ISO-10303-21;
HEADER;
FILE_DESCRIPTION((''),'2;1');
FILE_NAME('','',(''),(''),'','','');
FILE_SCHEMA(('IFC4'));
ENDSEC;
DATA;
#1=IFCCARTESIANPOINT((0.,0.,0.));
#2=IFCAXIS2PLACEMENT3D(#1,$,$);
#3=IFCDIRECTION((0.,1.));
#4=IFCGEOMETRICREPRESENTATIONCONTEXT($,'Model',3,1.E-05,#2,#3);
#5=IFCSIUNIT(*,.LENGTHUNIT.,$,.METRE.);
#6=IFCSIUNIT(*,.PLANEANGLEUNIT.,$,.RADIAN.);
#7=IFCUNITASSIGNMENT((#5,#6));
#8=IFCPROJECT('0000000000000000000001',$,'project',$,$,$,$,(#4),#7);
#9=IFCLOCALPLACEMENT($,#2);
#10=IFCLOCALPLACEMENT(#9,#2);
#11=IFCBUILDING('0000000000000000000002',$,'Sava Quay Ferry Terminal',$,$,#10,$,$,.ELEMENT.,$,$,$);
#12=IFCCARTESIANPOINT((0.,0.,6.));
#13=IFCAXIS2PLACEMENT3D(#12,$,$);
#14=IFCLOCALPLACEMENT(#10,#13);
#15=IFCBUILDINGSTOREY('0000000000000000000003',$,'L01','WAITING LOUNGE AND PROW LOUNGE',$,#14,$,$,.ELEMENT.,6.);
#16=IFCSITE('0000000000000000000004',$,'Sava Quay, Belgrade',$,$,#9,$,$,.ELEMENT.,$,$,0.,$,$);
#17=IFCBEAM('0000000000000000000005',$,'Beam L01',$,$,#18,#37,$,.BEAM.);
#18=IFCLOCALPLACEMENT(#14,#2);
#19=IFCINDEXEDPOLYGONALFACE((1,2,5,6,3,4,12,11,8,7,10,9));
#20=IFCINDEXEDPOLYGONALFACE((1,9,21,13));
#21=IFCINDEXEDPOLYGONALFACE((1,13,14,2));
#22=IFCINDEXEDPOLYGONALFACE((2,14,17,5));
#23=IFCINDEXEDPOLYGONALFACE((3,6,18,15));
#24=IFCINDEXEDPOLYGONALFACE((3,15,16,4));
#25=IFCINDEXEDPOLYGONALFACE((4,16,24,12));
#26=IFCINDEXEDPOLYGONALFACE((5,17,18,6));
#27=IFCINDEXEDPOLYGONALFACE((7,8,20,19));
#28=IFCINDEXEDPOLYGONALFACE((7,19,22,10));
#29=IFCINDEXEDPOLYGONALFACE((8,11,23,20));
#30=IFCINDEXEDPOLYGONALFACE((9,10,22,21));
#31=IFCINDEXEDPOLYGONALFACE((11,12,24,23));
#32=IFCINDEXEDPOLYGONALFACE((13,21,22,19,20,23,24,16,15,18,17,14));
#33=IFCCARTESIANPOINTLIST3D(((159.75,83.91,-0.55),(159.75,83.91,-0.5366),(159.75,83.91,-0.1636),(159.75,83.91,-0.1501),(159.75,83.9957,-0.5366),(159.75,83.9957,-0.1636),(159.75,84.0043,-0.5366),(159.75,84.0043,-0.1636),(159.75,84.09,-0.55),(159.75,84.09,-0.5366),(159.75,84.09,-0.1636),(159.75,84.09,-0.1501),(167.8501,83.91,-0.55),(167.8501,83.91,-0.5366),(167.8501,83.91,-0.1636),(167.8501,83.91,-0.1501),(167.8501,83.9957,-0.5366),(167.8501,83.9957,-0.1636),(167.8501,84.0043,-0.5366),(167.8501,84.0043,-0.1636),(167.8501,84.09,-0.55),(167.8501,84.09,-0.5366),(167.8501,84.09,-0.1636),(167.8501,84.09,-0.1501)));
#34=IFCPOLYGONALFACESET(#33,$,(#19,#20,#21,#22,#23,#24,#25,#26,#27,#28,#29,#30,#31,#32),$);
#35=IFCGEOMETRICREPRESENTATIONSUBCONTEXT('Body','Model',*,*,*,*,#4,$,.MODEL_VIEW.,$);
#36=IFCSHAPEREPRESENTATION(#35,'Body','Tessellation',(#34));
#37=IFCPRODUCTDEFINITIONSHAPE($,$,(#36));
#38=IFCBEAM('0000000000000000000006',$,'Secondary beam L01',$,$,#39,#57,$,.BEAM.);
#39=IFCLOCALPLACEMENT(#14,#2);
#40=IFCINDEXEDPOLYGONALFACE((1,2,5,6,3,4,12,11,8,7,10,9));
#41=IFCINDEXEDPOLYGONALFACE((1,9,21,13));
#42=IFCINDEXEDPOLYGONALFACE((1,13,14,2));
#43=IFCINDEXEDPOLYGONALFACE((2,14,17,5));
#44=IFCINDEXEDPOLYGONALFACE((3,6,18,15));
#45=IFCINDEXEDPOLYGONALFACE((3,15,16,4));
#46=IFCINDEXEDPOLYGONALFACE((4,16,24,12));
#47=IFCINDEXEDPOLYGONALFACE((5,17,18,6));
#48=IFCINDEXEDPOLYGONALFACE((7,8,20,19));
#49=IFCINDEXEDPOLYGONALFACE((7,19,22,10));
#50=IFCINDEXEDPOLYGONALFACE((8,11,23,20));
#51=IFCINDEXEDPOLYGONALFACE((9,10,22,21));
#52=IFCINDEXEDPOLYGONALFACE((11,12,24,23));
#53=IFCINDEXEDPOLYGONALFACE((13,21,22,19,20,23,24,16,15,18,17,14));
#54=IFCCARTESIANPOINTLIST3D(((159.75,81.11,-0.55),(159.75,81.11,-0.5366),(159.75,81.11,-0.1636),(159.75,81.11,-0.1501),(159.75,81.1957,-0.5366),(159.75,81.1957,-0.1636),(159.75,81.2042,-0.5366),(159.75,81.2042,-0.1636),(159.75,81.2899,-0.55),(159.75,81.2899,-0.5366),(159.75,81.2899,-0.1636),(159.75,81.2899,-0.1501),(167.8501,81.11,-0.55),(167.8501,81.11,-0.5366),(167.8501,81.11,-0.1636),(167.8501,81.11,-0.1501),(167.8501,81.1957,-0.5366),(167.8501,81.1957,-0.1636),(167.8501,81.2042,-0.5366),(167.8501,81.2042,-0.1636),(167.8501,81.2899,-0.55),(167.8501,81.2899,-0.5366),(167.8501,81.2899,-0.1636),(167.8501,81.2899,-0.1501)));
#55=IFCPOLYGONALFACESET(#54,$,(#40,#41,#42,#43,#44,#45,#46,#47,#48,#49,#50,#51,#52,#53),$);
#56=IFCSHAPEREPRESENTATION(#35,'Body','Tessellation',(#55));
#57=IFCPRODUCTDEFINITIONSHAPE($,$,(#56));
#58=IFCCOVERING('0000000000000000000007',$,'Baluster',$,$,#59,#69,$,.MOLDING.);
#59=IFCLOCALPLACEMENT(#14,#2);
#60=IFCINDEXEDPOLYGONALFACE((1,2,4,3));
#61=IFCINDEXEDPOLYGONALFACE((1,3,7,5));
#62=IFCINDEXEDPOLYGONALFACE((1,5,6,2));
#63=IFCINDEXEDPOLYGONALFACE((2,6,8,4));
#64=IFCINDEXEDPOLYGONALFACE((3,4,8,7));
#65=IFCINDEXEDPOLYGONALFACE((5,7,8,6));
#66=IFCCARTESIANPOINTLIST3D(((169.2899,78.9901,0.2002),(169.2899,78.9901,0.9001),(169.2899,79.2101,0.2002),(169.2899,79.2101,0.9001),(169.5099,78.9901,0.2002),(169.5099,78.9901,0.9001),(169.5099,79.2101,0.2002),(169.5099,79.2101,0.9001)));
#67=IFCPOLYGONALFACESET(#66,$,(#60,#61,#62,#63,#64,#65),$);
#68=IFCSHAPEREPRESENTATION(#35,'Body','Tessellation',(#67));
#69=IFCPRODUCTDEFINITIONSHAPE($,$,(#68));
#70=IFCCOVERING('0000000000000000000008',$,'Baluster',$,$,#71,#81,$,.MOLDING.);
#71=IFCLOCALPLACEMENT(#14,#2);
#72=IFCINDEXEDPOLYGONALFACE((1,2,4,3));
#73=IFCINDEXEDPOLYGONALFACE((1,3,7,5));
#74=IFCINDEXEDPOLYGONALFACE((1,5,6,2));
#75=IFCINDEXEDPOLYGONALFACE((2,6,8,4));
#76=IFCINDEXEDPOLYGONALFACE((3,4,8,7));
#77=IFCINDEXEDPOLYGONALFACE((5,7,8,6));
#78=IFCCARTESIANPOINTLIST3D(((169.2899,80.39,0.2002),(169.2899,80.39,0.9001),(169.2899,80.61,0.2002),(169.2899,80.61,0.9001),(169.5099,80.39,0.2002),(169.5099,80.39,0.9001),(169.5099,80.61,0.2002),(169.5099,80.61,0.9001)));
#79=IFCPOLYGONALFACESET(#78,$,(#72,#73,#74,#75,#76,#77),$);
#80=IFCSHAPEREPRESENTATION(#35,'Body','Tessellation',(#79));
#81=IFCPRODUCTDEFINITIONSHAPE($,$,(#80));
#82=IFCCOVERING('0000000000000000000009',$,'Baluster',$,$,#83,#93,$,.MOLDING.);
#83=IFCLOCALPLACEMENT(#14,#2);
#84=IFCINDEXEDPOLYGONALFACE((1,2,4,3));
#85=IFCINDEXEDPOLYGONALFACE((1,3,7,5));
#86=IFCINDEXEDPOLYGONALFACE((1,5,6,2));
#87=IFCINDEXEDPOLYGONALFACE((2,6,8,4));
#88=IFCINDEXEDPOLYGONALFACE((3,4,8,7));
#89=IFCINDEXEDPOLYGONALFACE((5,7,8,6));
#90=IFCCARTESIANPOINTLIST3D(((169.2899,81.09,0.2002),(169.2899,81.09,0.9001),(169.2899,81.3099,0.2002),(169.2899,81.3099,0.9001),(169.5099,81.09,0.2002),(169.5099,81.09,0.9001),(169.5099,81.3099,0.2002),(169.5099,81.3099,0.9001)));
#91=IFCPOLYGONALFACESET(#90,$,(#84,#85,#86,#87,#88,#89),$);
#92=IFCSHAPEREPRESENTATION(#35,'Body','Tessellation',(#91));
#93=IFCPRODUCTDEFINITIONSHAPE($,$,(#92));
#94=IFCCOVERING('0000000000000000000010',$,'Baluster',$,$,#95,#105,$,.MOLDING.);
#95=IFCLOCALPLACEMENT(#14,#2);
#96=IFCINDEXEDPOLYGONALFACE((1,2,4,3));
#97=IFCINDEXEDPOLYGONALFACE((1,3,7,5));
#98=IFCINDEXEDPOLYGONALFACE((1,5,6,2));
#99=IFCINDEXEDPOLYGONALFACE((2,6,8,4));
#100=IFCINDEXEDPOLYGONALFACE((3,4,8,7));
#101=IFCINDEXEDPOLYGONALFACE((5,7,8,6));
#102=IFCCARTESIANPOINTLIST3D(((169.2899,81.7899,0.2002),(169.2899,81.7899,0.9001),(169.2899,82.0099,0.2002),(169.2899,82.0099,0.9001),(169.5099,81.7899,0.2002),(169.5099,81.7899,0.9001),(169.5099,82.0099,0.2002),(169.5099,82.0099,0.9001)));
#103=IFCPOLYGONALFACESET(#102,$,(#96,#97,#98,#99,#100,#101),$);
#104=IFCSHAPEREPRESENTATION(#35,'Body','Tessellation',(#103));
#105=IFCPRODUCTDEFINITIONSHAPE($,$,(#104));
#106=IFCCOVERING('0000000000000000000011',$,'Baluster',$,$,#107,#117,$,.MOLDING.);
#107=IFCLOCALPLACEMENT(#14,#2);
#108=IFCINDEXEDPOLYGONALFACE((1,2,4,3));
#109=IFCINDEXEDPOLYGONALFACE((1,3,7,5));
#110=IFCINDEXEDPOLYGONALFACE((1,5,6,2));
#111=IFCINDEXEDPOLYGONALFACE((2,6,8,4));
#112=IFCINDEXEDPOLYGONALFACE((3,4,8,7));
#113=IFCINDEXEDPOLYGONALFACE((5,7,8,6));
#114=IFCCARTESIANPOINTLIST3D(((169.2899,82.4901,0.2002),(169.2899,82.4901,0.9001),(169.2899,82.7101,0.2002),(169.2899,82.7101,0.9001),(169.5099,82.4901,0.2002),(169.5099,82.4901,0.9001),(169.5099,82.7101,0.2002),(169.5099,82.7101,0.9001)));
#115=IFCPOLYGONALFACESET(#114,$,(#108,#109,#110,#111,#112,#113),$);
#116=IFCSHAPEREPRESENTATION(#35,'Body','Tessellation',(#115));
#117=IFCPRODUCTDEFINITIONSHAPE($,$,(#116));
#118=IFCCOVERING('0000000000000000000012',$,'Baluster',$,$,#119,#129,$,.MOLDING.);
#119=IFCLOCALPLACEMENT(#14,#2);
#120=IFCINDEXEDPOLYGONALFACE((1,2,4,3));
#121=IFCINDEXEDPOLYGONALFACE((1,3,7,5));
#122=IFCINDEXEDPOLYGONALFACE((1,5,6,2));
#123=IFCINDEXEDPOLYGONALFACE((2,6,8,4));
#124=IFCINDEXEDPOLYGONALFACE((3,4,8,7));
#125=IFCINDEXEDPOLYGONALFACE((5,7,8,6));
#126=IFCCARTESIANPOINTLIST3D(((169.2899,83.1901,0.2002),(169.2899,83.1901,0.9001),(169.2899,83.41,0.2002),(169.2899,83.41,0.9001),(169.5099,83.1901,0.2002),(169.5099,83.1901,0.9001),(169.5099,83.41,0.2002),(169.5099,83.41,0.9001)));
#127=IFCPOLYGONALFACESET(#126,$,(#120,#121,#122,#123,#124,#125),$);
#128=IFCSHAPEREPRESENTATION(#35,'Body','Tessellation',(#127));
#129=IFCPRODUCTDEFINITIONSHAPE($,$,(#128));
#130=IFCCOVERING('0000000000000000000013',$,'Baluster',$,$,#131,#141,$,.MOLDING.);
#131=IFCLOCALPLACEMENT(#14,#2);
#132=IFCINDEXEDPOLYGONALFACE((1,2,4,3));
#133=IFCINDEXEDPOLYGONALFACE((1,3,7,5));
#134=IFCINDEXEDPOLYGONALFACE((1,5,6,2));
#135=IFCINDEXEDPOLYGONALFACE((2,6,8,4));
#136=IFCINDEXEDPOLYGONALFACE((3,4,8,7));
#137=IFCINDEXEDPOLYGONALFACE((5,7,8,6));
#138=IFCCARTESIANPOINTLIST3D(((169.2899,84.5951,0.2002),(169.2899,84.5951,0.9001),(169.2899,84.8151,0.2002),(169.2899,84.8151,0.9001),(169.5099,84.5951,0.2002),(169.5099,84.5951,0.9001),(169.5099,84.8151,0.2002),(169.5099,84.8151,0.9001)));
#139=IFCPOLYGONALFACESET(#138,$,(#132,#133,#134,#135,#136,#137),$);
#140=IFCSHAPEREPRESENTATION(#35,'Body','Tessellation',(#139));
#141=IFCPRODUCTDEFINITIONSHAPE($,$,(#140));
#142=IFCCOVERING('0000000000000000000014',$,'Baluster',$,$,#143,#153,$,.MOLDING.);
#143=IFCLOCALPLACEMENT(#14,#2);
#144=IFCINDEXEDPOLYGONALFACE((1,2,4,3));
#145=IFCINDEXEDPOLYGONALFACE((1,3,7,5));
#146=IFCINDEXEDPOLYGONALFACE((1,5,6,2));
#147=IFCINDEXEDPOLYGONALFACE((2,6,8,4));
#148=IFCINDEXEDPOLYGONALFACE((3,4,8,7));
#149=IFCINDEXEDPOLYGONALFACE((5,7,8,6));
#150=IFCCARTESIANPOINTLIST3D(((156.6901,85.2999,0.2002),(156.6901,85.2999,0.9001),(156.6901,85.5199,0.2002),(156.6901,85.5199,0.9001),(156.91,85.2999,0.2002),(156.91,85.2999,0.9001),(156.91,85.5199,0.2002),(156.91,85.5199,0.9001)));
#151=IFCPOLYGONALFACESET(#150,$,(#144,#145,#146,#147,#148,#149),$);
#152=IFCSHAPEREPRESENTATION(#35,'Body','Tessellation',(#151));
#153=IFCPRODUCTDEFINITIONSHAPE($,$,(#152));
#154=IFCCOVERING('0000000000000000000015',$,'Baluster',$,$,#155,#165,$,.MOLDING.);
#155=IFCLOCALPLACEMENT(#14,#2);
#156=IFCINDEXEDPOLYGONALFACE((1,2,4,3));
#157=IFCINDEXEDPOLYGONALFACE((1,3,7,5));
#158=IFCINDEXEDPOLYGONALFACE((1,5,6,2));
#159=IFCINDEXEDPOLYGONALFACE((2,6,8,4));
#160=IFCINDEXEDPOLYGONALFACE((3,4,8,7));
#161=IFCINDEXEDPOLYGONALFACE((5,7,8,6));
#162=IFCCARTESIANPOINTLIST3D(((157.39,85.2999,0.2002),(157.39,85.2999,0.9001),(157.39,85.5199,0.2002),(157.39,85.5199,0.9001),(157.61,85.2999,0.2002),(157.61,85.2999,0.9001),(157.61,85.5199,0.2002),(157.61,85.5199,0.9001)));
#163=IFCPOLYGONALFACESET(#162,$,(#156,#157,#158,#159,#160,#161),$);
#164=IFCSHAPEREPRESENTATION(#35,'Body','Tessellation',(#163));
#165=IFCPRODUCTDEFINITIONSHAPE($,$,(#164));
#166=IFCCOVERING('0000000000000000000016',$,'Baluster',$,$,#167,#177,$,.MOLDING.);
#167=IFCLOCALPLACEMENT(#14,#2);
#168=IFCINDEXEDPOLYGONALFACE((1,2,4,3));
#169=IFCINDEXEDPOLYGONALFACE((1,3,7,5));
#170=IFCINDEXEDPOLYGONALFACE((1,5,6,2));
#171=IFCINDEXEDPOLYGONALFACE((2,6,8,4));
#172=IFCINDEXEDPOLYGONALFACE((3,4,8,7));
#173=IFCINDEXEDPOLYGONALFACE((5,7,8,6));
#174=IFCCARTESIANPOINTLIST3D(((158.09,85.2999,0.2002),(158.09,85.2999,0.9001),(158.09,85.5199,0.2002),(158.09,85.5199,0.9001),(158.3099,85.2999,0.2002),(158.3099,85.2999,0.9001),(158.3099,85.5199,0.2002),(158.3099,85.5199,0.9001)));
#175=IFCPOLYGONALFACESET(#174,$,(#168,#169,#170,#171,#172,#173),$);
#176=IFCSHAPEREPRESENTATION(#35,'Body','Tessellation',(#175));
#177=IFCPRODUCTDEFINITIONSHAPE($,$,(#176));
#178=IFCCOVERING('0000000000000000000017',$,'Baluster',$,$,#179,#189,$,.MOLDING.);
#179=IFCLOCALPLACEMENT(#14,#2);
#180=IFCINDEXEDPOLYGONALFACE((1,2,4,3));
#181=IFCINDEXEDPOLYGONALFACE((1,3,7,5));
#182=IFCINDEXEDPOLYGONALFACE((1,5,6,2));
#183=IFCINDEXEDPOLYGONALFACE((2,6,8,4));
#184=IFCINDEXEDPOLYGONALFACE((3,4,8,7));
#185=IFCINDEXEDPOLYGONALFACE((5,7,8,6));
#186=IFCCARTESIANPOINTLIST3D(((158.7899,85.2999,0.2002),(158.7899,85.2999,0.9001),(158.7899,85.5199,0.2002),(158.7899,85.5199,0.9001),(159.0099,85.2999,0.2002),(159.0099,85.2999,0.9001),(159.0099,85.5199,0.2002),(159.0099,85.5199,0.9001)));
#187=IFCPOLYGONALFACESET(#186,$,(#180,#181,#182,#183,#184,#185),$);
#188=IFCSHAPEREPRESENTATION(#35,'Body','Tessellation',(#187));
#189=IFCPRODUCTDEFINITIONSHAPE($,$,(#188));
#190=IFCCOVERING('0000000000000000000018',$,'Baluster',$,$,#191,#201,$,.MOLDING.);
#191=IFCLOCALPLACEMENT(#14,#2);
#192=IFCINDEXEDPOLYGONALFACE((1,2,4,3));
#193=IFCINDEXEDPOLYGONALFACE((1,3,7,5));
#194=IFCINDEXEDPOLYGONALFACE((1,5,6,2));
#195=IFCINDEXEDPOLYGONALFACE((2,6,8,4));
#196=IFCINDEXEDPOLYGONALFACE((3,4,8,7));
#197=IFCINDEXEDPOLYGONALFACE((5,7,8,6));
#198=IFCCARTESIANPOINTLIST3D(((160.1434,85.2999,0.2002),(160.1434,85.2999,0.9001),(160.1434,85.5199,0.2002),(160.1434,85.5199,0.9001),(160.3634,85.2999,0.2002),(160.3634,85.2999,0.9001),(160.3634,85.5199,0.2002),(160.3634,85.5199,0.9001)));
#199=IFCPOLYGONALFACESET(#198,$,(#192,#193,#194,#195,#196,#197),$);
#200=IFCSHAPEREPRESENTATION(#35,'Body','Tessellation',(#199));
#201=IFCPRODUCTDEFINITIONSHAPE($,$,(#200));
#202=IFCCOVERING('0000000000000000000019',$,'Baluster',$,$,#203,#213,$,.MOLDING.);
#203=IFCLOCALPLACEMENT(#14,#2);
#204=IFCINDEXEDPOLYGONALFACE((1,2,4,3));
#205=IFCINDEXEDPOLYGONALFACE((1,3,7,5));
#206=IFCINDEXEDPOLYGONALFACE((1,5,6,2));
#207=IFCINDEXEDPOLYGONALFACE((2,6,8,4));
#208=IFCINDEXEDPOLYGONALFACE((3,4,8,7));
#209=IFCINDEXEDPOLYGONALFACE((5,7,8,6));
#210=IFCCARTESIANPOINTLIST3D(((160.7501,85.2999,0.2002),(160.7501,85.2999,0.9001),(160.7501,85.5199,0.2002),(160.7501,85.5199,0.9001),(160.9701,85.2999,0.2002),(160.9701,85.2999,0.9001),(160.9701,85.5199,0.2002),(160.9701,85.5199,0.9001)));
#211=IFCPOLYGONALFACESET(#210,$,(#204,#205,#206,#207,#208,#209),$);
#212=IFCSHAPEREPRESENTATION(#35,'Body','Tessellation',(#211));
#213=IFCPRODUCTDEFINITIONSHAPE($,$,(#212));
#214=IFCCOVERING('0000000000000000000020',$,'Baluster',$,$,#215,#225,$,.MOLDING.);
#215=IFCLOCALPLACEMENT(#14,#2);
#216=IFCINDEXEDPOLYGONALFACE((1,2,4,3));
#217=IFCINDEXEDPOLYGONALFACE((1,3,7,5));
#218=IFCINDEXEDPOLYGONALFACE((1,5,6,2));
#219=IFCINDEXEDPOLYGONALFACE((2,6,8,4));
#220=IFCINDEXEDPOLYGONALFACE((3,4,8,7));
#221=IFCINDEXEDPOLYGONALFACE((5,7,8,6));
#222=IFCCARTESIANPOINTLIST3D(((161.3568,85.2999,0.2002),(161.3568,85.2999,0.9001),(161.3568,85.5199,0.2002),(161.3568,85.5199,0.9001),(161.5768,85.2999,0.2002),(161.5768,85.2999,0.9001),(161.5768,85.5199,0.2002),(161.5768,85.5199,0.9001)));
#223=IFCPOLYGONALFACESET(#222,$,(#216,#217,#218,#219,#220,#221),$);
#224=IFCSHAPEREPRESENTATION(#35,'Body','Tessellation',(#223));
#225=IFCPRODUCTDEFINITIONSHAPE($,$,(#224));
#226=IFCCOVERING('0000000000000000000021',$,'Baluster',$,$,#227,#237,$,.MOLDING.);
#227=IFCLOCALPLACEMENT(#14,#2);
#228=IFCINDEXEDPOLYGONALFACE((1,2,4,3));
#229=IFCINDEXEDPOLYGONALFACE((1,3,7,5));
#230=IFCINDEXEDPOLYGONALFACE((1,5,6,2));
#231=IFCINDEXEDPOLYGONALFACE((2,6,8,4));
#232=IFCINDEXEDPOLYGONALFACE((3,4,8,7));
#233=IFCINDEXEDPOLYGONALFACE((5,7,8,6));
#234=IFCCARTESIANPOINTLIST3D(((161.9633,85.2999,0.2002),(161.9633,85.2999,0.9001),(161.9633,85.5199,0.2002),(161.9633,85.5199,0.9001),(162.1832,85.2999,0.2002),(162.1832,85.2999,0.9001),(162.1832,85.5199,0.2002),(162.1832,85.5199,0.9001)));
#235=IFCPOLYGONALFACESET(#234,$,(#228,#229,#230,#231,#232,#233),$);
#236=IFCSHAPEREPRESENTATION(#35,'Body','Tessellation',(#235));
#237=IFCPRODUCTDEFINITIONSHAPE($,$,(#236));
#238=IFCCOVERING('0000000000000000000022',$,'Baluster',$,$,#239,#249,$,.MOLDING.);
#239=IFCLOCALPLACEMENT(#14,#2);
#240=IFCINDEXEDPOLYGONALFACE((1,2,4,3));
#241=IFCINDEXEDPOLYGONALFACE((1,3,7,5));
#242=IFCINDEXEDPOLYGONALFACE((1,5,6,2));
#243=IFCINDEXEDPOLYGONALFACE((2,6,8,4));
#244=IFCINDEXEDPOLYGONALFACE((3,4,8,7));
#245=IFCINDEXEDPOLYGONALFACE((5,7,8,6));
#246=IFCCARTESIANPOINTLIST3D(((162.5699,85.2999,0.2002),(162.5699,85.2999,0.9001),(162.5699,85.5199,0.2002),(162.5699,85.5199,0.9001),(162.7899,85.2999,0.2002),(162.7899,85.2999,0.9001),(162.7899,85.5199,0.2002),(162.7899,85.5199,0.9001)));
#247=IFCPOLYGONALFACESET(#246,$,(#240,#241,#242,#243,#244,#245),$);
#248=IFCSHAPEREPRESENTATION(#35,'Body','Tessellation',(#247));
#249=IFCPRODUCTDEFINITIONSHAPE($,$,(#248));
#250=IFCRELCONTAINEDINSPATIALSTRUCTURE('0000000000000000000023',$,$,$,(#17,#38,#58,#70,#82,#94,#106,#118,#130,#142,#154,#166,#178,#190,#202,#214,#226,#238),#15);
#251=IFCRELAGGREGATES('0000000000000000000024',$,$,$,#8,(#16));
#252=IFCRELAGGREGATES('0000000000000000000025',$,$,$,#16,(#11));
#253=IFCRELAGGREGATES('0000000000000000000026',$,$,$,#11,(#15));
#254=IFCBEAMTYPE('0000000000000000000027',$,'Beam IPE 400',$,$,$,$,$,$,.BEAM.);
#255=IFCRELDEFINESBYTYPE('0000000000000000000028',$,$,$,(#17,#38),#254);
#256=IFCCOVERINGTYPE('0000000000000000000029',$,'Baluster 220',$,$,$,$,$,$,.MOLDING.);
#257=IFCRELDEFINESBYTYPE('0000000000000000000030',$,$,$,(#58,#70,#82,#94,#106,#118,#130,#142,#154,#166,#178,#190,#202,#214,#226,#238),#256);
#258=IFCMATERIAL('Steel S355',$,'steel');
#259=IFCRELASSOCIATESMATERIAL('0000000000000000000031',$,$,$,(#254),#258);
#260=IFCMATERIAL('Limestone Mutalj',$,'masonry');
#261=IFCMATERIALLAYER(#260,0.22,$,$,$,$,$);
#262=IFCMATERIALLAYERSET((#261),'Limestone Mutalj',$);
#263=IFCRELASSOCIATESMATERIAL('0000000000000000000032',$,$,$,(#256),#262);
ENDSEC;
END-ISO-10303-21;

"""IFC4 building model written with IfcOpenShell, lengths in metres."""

from ifc_helpers import new_model, si_unit, direction, frame, origin, origin_2d, place, context, subcontext, project, spatial, rectangle, i_section, extrude, material, layer, layer_set, material_profile, profile_set, type_object, element, save


model = new_model("IFC4")

# Units and contexts
model_context = context("Model", 3, precision=1e-05, world=origin(), true_north=direction((0.0, 1.0)))
body_context = subcontext(model_context, "Body", "Model", "MODEL_VIEW")
ifc_project = project(units=[si_unit("LENGTHUNIT", "METRE"), si_unit("PLANEANGLEUNIT", "RADIAN")], contexts=[model_context])

# Site, building, storey
site_placement = place(None, origin())
site = spatial("IfcSite", under=ifc_project, at=site_placement, Name="Sava Quay, Belgrade", CompositionType="ELEMENT", RefElevation=0.0)
building_placement = place(site_placement, origin())
building = spatial("IfcBuilding", under=site, at=building_placement, Name="Sava Quay Ferry Terminal", CompositionType="ELEMENT")
storey_placement = place(building_placement, frame((0.0, 0.0, 6.0)))
storey = spatial("IfcBuildingStorey", under=building, at=storey_placement, Name="L01", Description="WAITING LOUNGE AND PROW LOUNGE", CompositionType="ELEMENT", Elevation=6.0)

# Beams
ifc_material_1 = material(Name="Steel S355", Category="steel")
ifc_material_profile = material_profile(ifc_material_1, i_section(OverallWidth=0.1799, OverallDepth=0.3999, WebThickness=0.0085, FlangeThickness=0.0134, at=origin_2d()), Name="IPE 400")
ifc_profile_set = profile_set([ifc_material_profile], Name="Steel S355")
beam_type = type_object("IfcBeamType", Name="Beam IPE 400", PredefinedType="BEAM", material=ifc_profile_set)
for number, where, z_axis, x_axis, name in (
    (1, (159.75, 84.0, -0.3501), (1.0, 0.0, 0.0), (0.0, 1.0, 0.0), "Beam L01"),
    (2, (159.75, 81.2, -0.3501), (1.0, 0.0, 0.0), (0.0, 1.0, 0.0), "Secondary beam L01"),
):
    element("IfcBeam", number, at=place(storey_placement, frame(where, z_axis=z_axis, x_axis=x_axis)), inside=storey, type_object=beam_type, Name=name, PredefinedType="BEAM", context=body_context, shape_type="SweptSolid", body=[
        extrude(i_section(OverallWidth=0.1799, OverallDepth=0.3999, WebThickness=0.0085, FlangeThickness=0.0134, at=origin_2d()), origin(), (0.0, 0.0, 1.0), 8.1001),
    ])

# Coverings
ifc_material_2 = material(Name="Limestone Mutalj", Category="masonry")
ifc_layer_1 = layer(ifc_material_2, 0.22)
ifc_layer_set_1 = layer_set([ifc_layer_1], Name="Limestone Mutalj")
covering_type_1 = type_object("IfcCoveringType", Name="Baluster 220", PredefinedType="MOLDING", material=ifc_layer_set_1)
for number, where, z_axis, x_axis, name in (
    (3, (169.3999, 79.1001, 0.2002), (0.0, 0.0, 1.0), (1.0, 0.0, 0.0), "Baluster"),
    (4, (169.3999, 80.5, 0.2002), (0.0, 0.0, 1.0), (1.0, 0.0, 0.0), "Baluster"),
    (5, (169.3999, 81.2, 0.2002), (0.0, 0.0, 1.0), (1.0, 0.0, 0.0), "Baluster"),
    (6, (169.3999, 81.8999, 0.2002), (0.0, 0.0, 1.0), (1.0, 0.0, 0.0), "Baluster"),
    (7, (169.3999, 82.6001, 0.2002), (0.0, 0.0, 1.0), (1.0, 0.0, 0.0), "Baluster"),
    (8, (169.3999, 83.3, 0.2002), (0.0, 0.0, 1.0), (1.0, 0.0, 0.0), "Baluster"),
    (9, (169.3999, 84.7051, 0.2002), (0.0, 0.0, 1.0), (1.0, 0.0, 0.0), "Baluster"),
    (10, (156.8, 85.4099, 0.2002), (0.0, 0.0, 1.0), (1.0, 0.0, 0.0), "Baluster"),
    (11, (157.5, 85.4099, 0.2002), (0.0, 0.0, 1.0), (1.0, 0.0, 0.0), "Baluster"),
    (12, (158.2, 85.4099, 0.2002), (0.0, 0.0, 1.0), (1.0, 0.0, 0.0), "Baluster"),
    (13, (158.8999, 85.4099, 0.2002), (0.0, 0.0, 1.0), (1.0, 0.0, 0.0), "Baluster"),
    (14, (160.2534, 85.4099, 0.2002), (0.0, 0.0, 1.0), (1.0, 0.0, 0.0), "Baluster"),
    (15, (160.8601, 85.4099, 0.2002), (0.0, 0.0, 1.0), (1.0, 0.0, 0.0), "Baluster"),
    (16, (161.4668, 85.4099, 0.2002), (0.0, 0.0, 1.0), (1.0, 0.0, 0.0), "Baluster"),
    (17, (162.0732, 85.4099, 0.2002), (0.0, 0.0, 1.0), (1.0, 0.0, 0.0), "Baluster"),
    (18, (162.6799, 85.4099, 0.2002), (0.0, 0.0, 1.0), (1.0, 0.0, 0.0), "Baluster"),
):
    element("IfcCovering", number, at=place(storey_placement, frame(where, z_axis=z_axis, x_axis=x_axis)), inside=storey, type_object=covering_type_1, Name=name, PredefinedType="MOLDING", context=body_context, shape_type="SweptSolid", body=[
        extrude(rectangle(XDim=0.22, YDim=0.22, at=origin_2d()), origin(), (0.0, 0.0, 1.0), 0.7),
    ])

save(model, "model.ifc")
